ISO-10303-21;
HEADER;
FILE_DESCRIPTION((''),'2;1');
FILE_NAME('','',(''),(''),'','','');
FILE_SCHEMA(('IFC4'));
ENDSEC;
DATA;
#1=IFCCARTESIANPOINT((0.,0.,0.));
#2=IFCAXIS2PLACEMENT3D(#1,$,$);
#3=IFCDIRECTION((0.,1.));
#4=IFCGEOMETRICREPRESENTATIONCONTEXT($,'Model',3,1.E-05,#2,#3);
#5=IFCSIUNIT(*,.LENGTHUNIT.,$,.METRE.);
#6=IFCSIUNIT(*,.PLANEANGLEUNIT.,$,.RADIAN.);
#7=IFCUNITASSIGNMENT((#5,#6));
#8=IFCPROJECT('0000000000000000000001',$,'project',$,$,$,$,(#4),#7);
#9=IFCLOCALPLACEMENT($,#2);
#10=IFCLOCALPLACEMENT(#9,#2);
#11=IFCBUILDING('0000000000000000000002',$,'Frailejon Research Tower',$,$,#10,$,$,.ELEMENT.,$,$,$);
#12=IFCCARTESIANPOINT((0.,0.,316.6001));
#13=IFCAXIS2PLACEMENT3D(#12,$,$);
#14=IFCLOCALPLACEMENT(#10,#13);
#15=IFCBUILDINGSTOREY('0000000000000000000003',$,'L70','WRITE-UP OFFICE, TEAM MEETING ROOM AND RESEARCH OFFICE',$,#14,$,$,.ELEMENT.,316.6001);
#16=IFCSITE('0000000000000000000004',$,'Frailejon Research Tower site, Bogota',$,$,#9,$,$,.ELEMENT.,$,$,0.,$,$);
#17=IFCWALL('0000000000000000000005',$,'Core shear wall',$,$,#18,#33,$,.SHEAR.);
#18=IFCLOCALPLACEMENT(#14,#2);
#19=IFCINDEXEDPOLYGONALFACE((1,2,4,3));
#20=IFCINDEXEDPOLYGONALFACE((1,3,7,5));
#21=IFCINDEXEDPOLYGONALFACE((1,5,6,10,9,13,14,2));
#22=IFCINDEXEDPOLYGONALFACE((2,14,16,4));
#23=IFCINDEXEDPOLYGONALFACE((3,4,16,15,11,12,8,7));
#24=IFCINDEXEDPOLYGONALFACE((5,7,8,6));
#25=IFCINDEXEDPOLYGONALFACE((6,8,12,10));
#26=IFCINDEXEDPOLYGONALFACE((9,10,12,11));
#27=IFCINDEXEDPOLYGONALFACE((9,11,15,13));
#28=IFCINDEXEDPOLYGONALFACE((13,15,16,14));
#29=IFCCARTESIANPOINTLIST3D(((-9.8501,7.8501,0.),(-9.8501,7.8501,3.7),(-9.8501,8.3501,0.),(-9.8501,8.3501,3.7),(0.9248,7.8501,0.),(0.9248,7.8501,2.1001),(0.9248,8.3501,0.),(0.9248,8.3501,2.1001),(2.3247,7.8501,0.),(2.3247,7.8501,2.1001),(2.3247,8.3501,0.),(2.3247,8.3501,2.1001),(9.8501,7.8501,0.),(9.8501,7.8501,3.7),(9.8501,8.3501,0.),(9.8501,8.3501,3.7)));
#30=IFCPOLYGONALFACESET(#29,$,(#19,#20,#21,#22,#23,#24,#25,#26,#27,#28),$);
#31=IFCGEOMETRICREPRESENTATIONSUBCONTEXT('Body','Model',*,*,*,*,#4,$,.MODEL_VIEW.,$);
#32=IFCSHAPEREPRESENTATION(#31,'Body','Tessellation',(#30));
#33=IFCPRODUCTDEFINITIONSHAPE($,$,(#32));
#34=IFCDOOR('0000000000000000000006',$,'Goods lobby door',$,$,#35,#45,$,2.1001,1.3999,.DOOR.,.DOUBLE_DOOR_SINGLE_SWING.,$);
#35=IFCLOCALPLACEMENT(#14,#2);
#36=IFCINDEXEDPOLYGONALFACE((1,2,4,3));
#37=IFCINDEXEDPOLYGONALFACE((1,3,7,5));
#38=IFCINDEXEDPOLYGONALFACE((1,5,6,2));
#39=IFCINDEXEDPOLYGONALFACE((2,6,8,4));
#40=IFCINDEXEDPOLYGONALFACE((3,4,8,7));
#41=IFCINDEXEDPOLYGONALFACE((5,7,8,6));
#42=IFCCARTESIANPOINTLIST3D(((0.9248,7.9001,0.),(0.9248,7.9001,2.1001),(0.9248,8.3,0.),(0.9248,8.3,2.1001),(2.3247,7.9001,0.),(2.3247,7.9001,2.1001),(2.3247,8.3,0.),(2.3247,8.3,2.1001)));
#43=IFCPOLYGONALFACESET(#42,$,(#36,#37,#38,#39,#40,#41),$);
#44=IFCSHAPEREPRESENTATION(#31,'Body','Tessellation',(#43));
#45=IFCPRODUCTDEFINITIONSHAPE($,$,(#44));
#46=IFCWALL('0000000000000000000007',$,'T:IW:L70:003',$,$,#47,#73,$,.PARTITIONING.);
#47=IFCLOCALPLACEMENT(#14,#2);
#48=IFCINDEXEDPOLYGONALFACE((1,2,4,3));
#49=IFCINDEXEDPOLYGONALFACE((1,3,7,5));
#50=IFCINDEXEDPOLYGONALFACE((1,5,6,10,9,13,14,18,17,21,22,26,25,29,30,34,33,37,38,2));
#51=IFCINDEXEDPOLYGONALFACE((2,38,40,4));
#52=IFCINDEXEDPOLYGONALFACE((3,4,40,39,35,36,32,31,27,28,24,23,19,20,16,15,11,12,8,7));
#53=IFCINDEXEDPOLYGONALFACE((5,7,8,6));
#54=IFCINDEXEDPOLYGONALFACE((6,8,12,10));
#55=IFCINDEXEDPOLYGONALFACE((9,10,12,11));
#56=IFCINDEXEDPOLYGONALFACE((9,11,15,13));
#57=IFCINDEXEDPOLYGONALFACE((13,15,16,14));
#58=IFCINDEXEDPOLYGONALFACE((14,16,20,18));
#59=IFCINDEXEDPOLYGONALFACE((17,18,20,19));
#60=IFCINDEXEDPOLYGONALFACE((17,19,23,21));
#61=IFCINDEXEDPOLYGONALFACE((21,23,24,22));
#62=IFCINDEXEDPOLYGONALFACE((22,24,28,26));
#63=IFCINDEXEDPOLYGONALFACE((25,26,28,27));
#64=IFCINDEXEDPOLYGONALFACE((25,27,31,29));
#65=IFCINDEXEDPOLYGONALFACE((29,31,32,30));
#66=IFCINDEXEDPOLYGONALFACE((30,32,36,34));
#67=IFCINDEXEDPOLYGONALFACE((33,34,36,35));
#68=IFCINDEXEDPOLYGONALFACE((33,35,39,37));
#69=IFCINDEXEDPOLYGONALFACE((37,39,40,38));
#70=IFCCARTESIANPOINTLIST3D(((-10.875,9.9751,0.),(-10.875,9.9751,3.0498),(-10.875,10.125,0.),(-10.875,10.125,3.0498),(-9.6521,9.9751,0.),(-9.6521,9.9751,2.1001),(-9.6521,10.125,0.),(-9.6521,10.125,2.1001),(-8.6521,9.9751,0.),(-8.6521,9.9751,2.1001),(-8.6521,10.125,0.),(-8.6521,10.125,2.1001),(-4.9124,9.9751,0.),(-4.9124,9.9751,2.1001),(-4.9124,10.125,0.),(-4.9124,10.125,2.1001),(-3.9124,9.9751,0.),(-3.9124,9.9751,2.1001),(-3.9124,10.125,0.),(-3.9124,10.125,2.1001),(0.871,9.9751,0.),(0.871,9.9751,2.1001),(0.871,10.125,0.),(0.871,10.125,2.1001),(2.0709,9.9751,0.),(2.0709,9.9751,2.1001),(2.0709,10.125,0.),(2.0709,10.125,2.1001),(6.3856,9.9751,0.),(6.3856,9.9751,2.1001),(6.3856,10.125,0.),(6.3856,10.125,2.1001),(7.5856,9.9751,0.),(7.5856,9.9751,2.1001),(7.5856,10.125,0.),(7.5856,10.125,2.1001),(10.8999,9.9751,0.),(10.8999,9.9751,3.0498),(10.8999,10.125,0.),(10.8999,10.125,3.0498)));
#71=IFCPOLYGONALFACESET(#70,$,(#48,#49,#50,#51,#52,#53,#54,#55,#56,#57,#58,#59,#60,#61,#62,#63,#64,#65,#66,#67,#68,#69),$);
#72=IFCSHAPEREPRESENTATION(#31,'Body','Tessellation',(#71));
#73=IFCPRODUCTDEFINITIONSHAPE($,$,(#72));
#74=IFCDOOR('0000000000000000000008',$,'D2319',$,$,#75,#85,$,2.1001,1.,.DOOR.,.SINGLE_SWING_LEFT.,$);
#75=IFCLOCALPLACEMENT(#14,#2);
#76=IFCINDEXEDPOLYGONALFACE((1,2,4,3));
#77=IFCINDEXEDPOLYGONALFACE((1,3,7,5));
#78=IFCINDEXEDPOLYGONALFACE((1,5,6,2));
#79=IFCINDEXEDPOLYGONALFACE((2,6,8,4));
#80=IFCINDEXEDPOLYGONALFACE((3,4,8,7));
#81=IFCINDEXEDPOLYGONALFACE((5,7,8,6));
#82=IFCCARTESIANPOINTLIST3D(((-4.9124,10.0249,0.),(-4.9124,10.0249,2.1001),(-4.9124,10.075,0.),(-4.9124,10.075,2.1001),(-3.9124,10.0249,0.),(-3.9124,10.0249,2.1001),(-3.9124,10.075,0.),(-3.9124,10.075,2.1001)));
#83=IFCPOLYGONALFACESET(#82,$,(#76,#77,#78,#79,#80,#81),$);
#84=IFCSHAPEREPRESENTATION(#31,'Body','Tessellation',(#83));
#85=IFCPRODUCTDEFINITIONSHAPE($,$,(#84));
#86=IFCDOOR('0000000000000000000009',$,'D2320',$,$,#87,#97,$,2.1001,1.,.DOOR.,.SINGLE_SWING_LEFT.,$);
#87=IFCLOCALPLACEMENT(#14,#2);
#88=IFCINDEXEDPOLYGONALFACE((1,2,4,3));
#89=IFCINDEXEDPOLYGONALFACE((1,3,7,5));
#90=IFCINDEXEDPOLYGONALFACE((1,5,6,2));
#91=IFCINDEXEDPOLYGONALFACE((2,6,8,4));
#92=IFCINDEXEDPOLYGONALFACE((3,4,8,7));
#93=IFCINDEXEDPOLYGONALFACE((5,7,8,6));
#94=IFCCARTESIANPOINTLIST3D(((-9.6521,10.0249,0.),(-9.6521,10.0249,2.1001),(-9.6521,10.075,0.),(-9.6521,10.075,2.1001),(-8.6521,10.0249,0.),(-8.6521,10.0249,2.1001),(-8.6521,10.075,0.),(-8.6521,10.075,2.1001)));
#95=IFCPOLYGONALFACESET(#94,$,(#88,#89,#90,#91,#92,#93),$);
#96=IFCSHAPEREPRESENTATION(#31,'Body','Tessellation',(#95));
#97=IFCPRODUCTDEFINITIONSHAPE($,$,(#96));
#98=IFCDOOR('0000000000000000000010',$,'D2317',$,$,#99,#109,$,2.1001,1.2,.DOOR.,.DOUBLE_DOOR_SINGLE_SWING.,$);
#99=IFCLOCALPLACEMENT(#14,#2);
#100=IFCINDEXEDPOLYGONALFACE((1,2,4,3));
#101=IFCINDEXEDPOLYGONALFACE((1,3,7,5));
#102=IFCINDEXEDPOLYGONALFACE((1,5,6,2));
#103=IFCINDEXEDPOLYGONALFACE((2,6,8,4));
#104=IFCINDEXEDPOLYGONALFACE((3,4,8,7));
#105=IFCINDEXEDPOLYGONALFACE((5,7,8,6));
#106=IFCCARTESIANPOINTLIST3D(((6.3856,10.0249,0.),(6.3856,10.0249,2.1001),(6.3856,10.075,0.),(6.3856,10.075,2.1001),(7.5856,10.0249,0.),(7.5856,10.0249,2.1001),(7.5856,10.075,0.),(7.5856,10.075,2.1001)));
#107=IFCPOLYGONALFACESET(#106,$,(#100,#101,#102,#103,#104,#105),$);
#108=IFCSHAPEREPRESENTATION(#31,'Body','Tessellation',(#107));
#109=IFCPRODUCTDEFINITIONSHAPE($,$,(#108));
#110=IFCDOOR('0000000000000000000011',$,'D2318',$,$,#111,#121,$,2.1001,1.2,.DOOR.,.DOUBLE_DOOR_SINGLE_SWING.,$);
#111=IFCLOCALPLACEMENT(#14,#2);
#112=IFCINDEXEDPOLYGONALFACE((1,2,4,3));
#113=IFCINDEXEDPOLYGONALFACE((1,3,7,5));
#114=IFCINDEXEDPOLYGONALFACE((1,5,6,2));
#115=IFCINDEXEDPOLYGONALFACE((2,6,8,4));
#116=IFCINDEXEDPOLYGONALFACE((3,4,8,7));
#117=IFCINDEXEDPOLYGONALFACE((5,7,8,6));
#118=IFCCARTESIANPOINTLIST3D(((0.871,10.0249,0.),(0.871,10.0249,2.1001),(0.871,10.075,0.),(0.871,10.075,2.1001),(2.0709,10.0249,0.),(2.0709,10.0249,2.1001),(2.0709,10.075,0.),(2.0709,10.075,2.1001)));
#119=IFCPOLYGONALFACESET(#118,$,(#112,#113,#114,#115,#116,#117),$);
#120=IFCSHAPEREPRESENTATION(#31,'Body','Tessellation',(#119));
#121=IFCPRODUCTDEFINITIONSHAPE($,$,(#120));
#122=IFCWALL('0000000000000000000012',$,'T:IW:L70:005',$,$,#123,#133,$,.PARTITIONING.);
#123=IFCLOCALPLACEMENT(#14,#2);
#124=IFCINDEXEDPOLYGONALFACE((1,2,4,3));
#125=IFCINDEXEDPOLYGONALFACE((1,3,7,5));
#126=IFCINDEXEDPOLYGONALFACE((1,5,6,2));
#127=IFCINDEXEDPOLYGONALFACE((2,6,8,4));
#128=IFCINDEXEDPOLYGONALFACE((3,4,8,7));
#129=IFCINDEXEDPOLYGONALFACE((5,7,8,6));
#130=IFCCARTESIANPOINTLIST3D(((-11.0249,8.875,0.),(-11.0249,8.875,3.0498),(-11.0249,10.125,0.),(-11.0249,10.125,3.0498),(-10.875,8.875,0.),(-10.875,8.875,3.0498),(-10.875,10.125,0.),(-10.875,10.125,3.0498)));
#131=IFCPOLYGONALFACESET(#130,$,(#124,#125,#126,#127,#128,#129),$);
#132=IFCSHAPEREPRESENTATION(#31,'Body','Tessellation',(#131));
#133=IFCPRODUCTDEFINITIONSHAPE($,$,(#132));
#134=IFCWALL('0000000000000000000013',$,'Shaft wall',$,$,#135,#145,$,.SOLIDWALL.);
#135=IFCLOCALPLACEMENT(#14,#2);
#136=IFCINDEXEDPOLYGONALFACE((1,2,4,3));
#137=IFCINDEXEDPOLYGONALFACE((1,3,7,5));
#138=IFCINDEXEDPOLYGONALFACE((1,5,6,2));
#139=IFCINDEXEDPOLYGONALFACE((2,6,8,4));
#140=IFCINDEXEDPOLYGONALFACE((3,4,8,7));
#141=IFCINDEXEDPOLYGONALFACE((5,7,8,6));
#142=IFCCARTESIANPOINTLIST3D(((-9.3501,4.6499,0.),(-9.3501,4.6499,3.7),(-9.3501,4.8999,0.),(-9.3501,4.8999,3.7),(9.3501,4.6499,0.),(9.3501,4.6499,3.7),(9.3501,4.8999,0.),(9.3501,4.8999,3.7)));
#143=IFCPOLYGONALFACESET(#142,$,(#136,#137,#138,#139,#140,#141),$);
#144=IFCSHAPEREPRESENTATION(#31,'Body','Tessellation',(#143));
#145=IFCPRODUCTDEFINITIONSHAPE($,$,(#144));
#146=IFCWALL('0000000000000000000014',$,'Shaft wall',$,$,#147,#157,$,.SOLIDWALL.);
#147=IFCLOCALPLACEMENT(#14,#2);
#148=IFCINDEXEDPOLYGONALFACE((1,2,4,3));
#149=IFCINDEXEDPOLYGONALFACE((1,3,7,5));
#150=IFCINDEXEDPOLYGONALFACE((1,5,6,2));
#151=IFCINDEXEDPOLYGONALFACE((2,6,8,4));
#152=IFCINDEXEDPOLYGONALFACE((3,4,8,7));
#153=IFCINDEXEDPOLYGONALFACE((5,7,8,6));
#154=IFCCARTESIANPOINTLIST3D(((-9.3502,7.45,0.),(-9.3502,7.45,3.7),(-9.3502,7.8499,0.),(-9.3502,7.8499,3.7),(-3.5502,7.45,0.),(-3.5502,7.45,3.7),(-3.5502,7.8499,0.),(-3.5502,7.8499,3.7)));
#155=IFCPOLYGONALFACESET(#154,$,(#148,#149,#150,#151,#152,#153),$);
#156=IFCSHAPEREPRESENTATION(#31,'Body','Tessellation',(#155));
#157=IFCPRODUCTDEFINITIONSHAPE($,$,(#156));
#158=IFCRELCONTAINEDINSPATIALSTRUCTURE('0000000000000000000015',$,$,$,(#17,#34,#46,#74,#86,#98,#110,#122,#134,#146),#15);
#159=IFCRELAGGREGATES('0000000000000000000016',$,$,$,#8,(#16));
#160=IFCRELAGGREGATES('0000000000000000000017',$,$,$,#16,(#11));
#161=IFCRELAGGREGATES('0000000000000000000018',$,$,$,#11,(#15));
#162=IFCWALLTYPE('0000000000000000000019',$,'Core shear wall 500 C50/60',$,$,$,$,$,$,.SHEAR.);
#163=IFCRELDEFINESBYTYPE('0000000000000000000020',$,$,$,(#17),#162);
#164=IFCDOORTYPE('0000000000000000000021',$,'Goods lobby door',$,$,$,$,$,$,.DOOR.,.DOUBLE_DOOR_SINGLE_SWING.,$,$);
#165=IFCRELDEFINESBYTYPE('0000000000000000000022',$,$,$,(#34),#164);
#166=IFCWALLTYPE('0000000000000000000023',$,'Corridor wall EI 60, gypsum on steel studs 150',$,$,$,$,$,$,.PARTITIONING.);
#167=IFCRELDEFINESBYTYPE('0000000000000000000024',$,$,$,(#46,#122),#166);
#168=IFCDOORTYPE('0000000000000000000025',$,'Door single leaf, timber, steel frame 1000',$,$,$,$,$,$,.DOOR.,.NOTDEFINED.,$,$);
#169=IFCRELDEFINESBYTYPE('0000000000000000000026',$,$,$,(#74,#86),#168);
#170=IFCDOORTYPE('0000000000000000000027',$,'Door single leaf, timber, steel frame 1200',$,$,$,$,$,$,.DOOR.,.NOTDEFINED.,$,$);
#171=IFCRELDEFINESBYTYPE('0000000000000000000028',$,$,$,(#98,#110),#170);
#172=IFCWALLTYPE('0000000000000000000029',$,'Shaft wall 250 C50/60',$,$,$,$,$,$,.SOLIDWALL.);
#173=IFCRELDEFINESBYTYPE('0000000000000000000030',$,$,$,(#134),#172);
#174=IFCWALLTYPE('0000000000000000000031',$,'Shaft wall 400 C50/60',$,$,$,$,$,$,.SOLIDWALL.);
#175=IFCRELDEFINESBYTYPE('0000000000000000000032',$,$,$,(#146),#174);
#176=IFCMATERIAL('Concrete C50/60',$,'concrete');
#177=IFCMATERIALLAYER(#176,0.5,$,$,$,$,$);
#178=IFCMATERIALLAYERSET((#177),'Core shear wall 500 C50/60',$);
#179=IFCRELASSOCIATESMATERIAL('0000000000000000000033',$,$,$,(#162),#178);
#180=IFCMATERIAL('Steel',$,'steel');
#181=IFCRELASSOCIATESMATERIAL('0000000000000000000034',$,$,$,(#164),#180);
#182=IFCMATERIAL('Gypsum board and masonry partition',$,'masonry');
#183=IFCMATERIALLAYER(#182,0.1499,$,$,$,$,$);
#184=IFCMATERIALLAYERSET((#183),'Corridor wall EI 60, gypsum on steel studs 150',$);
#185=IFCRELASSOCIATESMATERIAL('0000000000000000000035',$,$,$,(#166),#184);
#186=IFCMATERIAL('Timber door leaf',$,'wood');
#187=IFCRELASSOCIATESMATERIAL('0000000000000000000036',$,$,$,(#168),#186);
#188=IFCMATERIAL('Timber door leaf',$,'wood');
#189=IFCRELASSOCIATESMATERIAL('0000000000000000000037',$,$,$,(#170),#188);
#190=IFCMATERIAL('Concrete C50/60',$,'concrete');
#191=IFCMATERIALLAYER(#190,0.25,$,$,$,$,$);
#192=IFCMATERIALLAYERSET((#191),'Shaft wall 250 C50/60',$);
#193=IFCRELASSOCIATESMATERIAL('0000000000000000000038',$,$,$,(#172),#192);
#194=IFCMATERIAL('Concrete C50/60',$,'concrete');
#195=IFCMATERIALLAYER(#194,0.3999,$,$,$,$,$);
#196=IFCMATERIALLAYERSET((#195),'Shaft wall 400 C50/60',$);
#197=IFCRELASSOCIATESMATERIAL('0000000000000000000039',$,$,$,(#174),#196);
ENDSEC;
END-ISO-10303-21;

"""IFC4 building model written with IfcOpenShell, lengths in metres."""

from ifc_helpers import new_model, si_unit, direction, frame, frame_2d, origin, place, context, subcontext, project, spatial, rectangle, extrude, material, layer, layer_set, type_object, element, fill, save


model = new_model("IFC4")

# Units and contexts
model_context = context("Model", 3, precision=1e-05, world=origin(), true_north=direction((0.0, 1.0)))
body_context = subcontext(model_context, "Body", "Model", "MODEL_VIEW")
ifc_project = project(units=[si_unit("LENGTHUNIT", "METRE"), si_unit("PLANEANGLEUNIT", "RADIAN")], contexts=[model_context])

# Site, building, storey
site_placement = place(None, origin())
site = spatial("IfcSite", under=ifc_project, at=site_placement, Name="Frailejon Research Tower site, Bogota", CompositionType="ELEMENT", RefElevation=0.0)
building_placement = place(site_placement, origin())
building = spatial("IfcBuilding", under=site, at=building_placement, Name="Frailejon Research Tower", CompositionType="ELEMENT")
storey_placement = place(building_placement, frame((0.0, 0.0, 316.6001)))
storey = spatial("IfcBuildingStorey", under=building, at=storey_placement, Name="L70", Description="WRITE-UP OFFICE, TEAM MEETING ROOM AND RESEARCH OFFICE", CompositionType="ELEMENT", Elevation=316.6001)

# Wall, opening, door
ifc_material_1 = material(Name="Concrete C50/60", Category="concrete")
ifc_layer_1 = layer(ifc_material_1, 0.5)
ifc_layer_set_1 = layer_set([ifc_layer_1], Name="Core shear wall 500 C50/60")
wall_type_1 = type_object("IfcWallType", Name="Core shear wall 500 C50/60", PredefinedType="SHEAR", material=ifc_layer_set_1)
wall_1_placement = place(storey_placement, frame((-9.8501, 8.1001, 0.0), z_axis=(0.0, 0.0, 1.0), x_axis=(1.0, 0.0, 0.0)))
wall_1 = element("IfcWall", 1, at=wall_1_placement, inside=storey, type_object=wall_type_1, Name="Core shear wall", PredefinedType="SHEAR", context=body_context, shape_type="SweptSolid", body=[
    extrude(rectangle(XDim=19.7002, YDim=0.5, at=frame_2d((9.8501, 0.0))), origin(), (0.0, 0.0, 1.0), 3.7),
])
opening_1_placement = place(wall_1_placement, frame((10.7749, 0.0, 0.0)))
opening_1 = element("IfcOpeningElement", 2, at=opening_1_placement, cuts=wall_1, PredefinedType="OPENING", context=body_context, shape_type="SweptSolid", body=[
    extrude(rectangle(XDim=1.3999, YDim=2.1001, at=frame_2d((0.7, 1.05))), frame((0.0, 0.26, 0.0), z_axis=(0.0, -1.0, 0.0), x_axis=(1.0, 0.0, 0.0)), (0.0, 0.0, 1.0), 0.52),
])
ifc_material_2 = material(Name="Steel", Category="steel")
door_type_1 = type_object("IfcDoorType", Name="Goods lobby door", OperationType="DOUBLE_DOOR_SINGLE_SWING", PredefinedType="DOOR", material=ifc_material_2)
door_1_placement = place(opening_1_placement, origin())
door_1 = element("IfcDoor", 3, at=door_1_placement, inside=storey, type_object=door_type_1, Name="Goods lobby door", OperationType="DOUBLE_DOOR_SINGLE_SWING", OverallHeight=2.1001, OverallWidth=1.3999, PredefinedType="DOOR", context=body_context, shape_type="SweptSolid", body=[
    extrude(rectangle(XDim=1.3999, YDim=2.1001, at=frame_2d((0.7, 1.05))), frame((0.0, 0.2, 0.0), z_axis=(0.0, -1.0, 0.0), x_axis=(1.0, 0.0, 0.0)), (0.0, 0.0, 1.0), 0.3999),
])
fill(opening_1, door_1)

# Wall, openings, doors
ifc_material_3 = material(Name="Gypsum board and masonry partition", Category="masonry")
ifc_layer_2 = layer(ifc_material_3, 0.1499)
ifc_layer_set_2 = layer_set([ifc_layer_2], Name="Corridor wall EI 60, gypsum on steel studs 150")
wall_type_2 = type_object("IfcWallType", Name="Corridor wall EI 60, gypsum on steel studs 150", PredefinedType="PARTITIONING", material=ifc_layer_set_2)
wall_2_placement = place(storey_placement, frame((-10.875, 10.05, 0.0), z_axis=(0.0, 0.0, 1.0), x_axis=(1.0, 0.0, 0.0)))
wall_2 = element("IfcWall", 4, at=wall_2_placement, inside=storey, type_object=wall_type_2, Name="T:IW:L70:003", PredefinedType="PARTITIONING", context=body_context, shape_type="SweptSolid", body=[
    extrude(rectangle(XDim=21.7749, YDim=0.1499, at=frame_2d((10.8875, 0.0))), origin(), (0.0, 0.0, 1.0), 3.0498),
])
opening_2_placement = place(wall_2_placement, frame((17.2605, 0.0, 0.0)))
opening_2 = element("IfcOpeningElement", 5, at=opening_2_placement, cuts=wall_2, PredefinedType="OPENING", context=body_context, shape_type="SweptSolid", body=[
    extrude(rectangle(XDim=1.2, YDim=2.1001, at=frame_2d((0.6001, 1.05))), frame((0.0, 0.085, 0.0), z_axis=(0.0, -1.0, 0.0), x_axis=(1.0, 0.0, 0.0)), (0.0, 0.0, 1.0), 0.1699),
])
opening_3_placement = place(wall_2_placement, frame((11.7458, 0.0, 0.0)))
opening_3 = element("IfcOpeningElement", 6, at=opening_3_placement, cuts=wall_2, PredefinedType="OPENING", context=body_context, shape_type="SweptSolid", body=[
    extrude(rectangle(XDim=1.2, YDim=2.1001, at=frame_2d((0.6001, 1.05))), frame((0.0, 0.085, 0.0), z_axis=(0.0, -1.0, 0.0), x_axis=(1.0, 0.0, 0.0)), (0.0, 0.0, 1.0), 0.1699),
])
opening_4_placement = place(wall_2_placement, frame((5.9626, 0.0, 0.0)))
opening_4 = element("IfcOpeningElement", 7, at=opening_4_placement, cuts=wall_2, PredefinedType="OPENING", context=body_context, shape_type="SweptSolid", body=[
    extrude(rectangle(XDim=1.0, YDim=2.1001, at=frame_2d((0.5, 1.05))), frame((0.0, 0.085, 0.0), z_axis=(0.0, -1.0, 0.0), x_axis=(1.0, 0.0, 0.0)), (0.0, 0.0, 1.0), 0.1699),
])
opening_5_placement = place(wall_2_placement, frame((1.2229, 0.0, 0.0)))
opening_5 = element("IfcOpeningElement", 8, at=opening_5_placement, cuts=wall_2, PredefinedType="OPENING", context=body_context, shape_type="SweptSolid", body=[
    extrude(rectangle(XDim=1.0, YDim=2.1001, at=frame_2d((0.5, 1.05))), frame((0.0, 0.085, 0.0), z_axis=(0.0, -1.0, 0.0), x_axis=(1.0, 0.0, 0.0)), (0.0, 0.0, 1.0), 0.1699),
])
ifc_material_4 = material(Name="Timber door leaf", Category="wood")
door_type_2 = type_object("IfcDoorType", Name="Door single leaf, timber, steel frame 1000", OperationType="NOTDEFINED", PredefinedType="DOOR", material=ifc_material_4)
door_2_placement = place(opening_4_placement, origin())
door_2 = element("IfcDoor", 9, at=door_2_placement, inside=storey, type_object=door_type_2, Name="D2319", OperationType="SINGLE_SWING_LEFT", OverallHeight=2.1001, OverallWidth=1.0, PredefinedType="DOOR", context=body_context, shape_type="SweptSolid", body=[
    extrude(rectangle(XDim=1.0, YDim=2.1001, at=frame_2d((0.5, 1.05))), frame((0.0, 0.0249, 0.0), z_axis=(0.0, -1.0, 0.0), x_axis=(1.0, 0.0, 0.0)), (0.0, 0.0, 1.0), 0.05),
])
fill(opening_4, door_2)
door_3_placement = place(opening_5_placement, origin())
door_3 = element("IfcDoor", 10, at=door_3_placement, inside=storey, type_object=door_type_2, Name="D2320", OperationType="SINGLE_SWING_LEFT", OverallHeight=2.1001, OverallWidth=1.0, PredefinedType="DOOR", context=body_context, shape_type="SweptSolid", body=[
    extrude(rectangle(XDim=1.0, YDim=2.1001, at=frame_2d((0.5, 1.05))), frame((0.0, 0.0249, 0.0), z_axis=(0.0, -1.0, 0.0), x_axis=(1.0, 0.0, 0.0)), (0.0, 0.0, 1.0), 0.05),
])
fill(opening_5, door_3)
ifc_material_5 = material(Name="Timber door leaf", Category="wood")
door_type_3 = type_object("IfcDoorType", Name="Door single leaf, timber, steel frame 1200", OperationType="NOTDEFINED", PredefinedType="DOOR", material=ifc_material_5)
door_4_placement = place(opening_2_placement, origin())
door_4 = element("IfcDoor", 11, at=door_4_placement, inside=storey, type_object=door_type_3, Name="D2317", OperationType="DOUBLE_DOOR_SINGLE_SWING", OverallHeight=2.1001, OverallWidth=1.2, PredefinedType="DOOR", context=body_context, shape_type="SweptSolid", body=[
    extrude(rectangle(XDim=1.2, YDim=2.1001, at=frame_2d((0.6001, 1.05))), frame((0.0, 0.0249, 0.0), z_axis=(0.0, -1.0, 0.0), x_axis=(1.0, 0.0, 0.0)), (0.0, 0.0, 1.0), 0.05),
])
fill(opening_2, door_4)
door_5_placement = place(opening_3_placement, origin())
door_5 = element("IfcDoor", 12, at=door_5_placement, inside=storey, type_object=door_type_3, Name="D2318", OperationType="DOUBLE_DOOR_SINGLE_SWING", OverallHeight=2.1001, OverallWidth=1.2, PredefinedType="DOOR", context=body_context, shape_type="SweptSolid", body=[
    extrude(rectangle(XDim=1.2, YDim=2.1001, at=frame_2d((0.6001, 1.05))), frame((0.0, 0.0249, 0.0), z_axis=(0.0, -1.0, 0.0), x_axis=(1.0, 0.0, 0.0)), (0.0, 0.0, 1.0), 0.05),
])
fill(opening_3, door_5)

# Wall
wall_3_placement = place(storey_placement, frame((-10.95, 8.875, 0.0), z_axis=(0.0, 0.0, 1.0), x_axis=(0.0, 1.0, 0.0)))
element("IfcWall", 13, at=wall_3_placement, inside=storey, type_object=wall_type_2, Name="T:IW:L70:005", PredefinedType="PARTITIONING", context=body_context, shape_type="SweptSolid", body=[
    extrude(rectangle(XDim=1.25, YDim=0.1499, at=frame_2d((0.625, 0.0))), origin(), (0.0, 0.0, 1.0), 3.0498),
])

# Shared definitions
ifc_material_6 = material(Name="Concrete C50/60", Category="concrete")
ifc_layer_3 = layer(ifc_material_6, 0.25)
ifc_layer_set_3 = layer_set([ifc_layer_3], Name="Shaft wall 250 C50/60")
wall_type_3 = type_object("IfcWallType", Name="Shaft wall 250 C50/60", PredefinedType="SOLIDWALL", material=ifc_layer_set_3)

# Walls
wall_4_placement = place(storey_placement, frame((-9.3501, 4.7749, 0.0), z_axis=(0.0, 0.0, 1.0), x_axis=(1.0, 0.0, 0.0)))
element("IfcWall", 14, at=wall_4_placement, inside=storey, type_object=wall_type_3, Name="Shaft wall", PredefinedType="SOLIDWALL", context=body_context, shape_type="SweptSolid", body=[
    extrude(rectangle(XDim=18.7002, YDim=0.25, at=frame_2d((9.3501, 0.0))), origin(), (0.0, 0.0, 1.0), 3.7),
])
ifc_material_7 = material(Name="Concrete C50/60", Category="concrete")
ifc_layer_4 = layer(ifc_material_7, 0.3999)
ifc_layer_set_4 = layer_set([ifc_layer_4], Name="Shaft wall 400 C50/60")
wall_type_4 = type_object("IfcWallType", Name="Shaft wall 400 C50/60", PredefinedType="SOLIDWALL", material=ifc_layer_set_4)
wall_5_placement = place(storey_placement, frame((-9.3501, 7.6499, 0.0), z_axis=(0.0, 0.0, 1.0), x_axis=(1.0, 0.0, 0.0)))
element("IfcWall", 15, at=wall_5_placement, inside=storey, type_object=wall_type_4, Name="Shaft wall", PredefinedType="SOLIDWALL", context=body_context, shape_type="SweptSolid", body=[
    extrude(rectangle(XDim=5.8, YDim=0.3999, at=frame_2d((2.8999, 0.0))), origin(), (0.0, 0.0, 1.0), 3.7),
])

save(model, "model.ifc")
